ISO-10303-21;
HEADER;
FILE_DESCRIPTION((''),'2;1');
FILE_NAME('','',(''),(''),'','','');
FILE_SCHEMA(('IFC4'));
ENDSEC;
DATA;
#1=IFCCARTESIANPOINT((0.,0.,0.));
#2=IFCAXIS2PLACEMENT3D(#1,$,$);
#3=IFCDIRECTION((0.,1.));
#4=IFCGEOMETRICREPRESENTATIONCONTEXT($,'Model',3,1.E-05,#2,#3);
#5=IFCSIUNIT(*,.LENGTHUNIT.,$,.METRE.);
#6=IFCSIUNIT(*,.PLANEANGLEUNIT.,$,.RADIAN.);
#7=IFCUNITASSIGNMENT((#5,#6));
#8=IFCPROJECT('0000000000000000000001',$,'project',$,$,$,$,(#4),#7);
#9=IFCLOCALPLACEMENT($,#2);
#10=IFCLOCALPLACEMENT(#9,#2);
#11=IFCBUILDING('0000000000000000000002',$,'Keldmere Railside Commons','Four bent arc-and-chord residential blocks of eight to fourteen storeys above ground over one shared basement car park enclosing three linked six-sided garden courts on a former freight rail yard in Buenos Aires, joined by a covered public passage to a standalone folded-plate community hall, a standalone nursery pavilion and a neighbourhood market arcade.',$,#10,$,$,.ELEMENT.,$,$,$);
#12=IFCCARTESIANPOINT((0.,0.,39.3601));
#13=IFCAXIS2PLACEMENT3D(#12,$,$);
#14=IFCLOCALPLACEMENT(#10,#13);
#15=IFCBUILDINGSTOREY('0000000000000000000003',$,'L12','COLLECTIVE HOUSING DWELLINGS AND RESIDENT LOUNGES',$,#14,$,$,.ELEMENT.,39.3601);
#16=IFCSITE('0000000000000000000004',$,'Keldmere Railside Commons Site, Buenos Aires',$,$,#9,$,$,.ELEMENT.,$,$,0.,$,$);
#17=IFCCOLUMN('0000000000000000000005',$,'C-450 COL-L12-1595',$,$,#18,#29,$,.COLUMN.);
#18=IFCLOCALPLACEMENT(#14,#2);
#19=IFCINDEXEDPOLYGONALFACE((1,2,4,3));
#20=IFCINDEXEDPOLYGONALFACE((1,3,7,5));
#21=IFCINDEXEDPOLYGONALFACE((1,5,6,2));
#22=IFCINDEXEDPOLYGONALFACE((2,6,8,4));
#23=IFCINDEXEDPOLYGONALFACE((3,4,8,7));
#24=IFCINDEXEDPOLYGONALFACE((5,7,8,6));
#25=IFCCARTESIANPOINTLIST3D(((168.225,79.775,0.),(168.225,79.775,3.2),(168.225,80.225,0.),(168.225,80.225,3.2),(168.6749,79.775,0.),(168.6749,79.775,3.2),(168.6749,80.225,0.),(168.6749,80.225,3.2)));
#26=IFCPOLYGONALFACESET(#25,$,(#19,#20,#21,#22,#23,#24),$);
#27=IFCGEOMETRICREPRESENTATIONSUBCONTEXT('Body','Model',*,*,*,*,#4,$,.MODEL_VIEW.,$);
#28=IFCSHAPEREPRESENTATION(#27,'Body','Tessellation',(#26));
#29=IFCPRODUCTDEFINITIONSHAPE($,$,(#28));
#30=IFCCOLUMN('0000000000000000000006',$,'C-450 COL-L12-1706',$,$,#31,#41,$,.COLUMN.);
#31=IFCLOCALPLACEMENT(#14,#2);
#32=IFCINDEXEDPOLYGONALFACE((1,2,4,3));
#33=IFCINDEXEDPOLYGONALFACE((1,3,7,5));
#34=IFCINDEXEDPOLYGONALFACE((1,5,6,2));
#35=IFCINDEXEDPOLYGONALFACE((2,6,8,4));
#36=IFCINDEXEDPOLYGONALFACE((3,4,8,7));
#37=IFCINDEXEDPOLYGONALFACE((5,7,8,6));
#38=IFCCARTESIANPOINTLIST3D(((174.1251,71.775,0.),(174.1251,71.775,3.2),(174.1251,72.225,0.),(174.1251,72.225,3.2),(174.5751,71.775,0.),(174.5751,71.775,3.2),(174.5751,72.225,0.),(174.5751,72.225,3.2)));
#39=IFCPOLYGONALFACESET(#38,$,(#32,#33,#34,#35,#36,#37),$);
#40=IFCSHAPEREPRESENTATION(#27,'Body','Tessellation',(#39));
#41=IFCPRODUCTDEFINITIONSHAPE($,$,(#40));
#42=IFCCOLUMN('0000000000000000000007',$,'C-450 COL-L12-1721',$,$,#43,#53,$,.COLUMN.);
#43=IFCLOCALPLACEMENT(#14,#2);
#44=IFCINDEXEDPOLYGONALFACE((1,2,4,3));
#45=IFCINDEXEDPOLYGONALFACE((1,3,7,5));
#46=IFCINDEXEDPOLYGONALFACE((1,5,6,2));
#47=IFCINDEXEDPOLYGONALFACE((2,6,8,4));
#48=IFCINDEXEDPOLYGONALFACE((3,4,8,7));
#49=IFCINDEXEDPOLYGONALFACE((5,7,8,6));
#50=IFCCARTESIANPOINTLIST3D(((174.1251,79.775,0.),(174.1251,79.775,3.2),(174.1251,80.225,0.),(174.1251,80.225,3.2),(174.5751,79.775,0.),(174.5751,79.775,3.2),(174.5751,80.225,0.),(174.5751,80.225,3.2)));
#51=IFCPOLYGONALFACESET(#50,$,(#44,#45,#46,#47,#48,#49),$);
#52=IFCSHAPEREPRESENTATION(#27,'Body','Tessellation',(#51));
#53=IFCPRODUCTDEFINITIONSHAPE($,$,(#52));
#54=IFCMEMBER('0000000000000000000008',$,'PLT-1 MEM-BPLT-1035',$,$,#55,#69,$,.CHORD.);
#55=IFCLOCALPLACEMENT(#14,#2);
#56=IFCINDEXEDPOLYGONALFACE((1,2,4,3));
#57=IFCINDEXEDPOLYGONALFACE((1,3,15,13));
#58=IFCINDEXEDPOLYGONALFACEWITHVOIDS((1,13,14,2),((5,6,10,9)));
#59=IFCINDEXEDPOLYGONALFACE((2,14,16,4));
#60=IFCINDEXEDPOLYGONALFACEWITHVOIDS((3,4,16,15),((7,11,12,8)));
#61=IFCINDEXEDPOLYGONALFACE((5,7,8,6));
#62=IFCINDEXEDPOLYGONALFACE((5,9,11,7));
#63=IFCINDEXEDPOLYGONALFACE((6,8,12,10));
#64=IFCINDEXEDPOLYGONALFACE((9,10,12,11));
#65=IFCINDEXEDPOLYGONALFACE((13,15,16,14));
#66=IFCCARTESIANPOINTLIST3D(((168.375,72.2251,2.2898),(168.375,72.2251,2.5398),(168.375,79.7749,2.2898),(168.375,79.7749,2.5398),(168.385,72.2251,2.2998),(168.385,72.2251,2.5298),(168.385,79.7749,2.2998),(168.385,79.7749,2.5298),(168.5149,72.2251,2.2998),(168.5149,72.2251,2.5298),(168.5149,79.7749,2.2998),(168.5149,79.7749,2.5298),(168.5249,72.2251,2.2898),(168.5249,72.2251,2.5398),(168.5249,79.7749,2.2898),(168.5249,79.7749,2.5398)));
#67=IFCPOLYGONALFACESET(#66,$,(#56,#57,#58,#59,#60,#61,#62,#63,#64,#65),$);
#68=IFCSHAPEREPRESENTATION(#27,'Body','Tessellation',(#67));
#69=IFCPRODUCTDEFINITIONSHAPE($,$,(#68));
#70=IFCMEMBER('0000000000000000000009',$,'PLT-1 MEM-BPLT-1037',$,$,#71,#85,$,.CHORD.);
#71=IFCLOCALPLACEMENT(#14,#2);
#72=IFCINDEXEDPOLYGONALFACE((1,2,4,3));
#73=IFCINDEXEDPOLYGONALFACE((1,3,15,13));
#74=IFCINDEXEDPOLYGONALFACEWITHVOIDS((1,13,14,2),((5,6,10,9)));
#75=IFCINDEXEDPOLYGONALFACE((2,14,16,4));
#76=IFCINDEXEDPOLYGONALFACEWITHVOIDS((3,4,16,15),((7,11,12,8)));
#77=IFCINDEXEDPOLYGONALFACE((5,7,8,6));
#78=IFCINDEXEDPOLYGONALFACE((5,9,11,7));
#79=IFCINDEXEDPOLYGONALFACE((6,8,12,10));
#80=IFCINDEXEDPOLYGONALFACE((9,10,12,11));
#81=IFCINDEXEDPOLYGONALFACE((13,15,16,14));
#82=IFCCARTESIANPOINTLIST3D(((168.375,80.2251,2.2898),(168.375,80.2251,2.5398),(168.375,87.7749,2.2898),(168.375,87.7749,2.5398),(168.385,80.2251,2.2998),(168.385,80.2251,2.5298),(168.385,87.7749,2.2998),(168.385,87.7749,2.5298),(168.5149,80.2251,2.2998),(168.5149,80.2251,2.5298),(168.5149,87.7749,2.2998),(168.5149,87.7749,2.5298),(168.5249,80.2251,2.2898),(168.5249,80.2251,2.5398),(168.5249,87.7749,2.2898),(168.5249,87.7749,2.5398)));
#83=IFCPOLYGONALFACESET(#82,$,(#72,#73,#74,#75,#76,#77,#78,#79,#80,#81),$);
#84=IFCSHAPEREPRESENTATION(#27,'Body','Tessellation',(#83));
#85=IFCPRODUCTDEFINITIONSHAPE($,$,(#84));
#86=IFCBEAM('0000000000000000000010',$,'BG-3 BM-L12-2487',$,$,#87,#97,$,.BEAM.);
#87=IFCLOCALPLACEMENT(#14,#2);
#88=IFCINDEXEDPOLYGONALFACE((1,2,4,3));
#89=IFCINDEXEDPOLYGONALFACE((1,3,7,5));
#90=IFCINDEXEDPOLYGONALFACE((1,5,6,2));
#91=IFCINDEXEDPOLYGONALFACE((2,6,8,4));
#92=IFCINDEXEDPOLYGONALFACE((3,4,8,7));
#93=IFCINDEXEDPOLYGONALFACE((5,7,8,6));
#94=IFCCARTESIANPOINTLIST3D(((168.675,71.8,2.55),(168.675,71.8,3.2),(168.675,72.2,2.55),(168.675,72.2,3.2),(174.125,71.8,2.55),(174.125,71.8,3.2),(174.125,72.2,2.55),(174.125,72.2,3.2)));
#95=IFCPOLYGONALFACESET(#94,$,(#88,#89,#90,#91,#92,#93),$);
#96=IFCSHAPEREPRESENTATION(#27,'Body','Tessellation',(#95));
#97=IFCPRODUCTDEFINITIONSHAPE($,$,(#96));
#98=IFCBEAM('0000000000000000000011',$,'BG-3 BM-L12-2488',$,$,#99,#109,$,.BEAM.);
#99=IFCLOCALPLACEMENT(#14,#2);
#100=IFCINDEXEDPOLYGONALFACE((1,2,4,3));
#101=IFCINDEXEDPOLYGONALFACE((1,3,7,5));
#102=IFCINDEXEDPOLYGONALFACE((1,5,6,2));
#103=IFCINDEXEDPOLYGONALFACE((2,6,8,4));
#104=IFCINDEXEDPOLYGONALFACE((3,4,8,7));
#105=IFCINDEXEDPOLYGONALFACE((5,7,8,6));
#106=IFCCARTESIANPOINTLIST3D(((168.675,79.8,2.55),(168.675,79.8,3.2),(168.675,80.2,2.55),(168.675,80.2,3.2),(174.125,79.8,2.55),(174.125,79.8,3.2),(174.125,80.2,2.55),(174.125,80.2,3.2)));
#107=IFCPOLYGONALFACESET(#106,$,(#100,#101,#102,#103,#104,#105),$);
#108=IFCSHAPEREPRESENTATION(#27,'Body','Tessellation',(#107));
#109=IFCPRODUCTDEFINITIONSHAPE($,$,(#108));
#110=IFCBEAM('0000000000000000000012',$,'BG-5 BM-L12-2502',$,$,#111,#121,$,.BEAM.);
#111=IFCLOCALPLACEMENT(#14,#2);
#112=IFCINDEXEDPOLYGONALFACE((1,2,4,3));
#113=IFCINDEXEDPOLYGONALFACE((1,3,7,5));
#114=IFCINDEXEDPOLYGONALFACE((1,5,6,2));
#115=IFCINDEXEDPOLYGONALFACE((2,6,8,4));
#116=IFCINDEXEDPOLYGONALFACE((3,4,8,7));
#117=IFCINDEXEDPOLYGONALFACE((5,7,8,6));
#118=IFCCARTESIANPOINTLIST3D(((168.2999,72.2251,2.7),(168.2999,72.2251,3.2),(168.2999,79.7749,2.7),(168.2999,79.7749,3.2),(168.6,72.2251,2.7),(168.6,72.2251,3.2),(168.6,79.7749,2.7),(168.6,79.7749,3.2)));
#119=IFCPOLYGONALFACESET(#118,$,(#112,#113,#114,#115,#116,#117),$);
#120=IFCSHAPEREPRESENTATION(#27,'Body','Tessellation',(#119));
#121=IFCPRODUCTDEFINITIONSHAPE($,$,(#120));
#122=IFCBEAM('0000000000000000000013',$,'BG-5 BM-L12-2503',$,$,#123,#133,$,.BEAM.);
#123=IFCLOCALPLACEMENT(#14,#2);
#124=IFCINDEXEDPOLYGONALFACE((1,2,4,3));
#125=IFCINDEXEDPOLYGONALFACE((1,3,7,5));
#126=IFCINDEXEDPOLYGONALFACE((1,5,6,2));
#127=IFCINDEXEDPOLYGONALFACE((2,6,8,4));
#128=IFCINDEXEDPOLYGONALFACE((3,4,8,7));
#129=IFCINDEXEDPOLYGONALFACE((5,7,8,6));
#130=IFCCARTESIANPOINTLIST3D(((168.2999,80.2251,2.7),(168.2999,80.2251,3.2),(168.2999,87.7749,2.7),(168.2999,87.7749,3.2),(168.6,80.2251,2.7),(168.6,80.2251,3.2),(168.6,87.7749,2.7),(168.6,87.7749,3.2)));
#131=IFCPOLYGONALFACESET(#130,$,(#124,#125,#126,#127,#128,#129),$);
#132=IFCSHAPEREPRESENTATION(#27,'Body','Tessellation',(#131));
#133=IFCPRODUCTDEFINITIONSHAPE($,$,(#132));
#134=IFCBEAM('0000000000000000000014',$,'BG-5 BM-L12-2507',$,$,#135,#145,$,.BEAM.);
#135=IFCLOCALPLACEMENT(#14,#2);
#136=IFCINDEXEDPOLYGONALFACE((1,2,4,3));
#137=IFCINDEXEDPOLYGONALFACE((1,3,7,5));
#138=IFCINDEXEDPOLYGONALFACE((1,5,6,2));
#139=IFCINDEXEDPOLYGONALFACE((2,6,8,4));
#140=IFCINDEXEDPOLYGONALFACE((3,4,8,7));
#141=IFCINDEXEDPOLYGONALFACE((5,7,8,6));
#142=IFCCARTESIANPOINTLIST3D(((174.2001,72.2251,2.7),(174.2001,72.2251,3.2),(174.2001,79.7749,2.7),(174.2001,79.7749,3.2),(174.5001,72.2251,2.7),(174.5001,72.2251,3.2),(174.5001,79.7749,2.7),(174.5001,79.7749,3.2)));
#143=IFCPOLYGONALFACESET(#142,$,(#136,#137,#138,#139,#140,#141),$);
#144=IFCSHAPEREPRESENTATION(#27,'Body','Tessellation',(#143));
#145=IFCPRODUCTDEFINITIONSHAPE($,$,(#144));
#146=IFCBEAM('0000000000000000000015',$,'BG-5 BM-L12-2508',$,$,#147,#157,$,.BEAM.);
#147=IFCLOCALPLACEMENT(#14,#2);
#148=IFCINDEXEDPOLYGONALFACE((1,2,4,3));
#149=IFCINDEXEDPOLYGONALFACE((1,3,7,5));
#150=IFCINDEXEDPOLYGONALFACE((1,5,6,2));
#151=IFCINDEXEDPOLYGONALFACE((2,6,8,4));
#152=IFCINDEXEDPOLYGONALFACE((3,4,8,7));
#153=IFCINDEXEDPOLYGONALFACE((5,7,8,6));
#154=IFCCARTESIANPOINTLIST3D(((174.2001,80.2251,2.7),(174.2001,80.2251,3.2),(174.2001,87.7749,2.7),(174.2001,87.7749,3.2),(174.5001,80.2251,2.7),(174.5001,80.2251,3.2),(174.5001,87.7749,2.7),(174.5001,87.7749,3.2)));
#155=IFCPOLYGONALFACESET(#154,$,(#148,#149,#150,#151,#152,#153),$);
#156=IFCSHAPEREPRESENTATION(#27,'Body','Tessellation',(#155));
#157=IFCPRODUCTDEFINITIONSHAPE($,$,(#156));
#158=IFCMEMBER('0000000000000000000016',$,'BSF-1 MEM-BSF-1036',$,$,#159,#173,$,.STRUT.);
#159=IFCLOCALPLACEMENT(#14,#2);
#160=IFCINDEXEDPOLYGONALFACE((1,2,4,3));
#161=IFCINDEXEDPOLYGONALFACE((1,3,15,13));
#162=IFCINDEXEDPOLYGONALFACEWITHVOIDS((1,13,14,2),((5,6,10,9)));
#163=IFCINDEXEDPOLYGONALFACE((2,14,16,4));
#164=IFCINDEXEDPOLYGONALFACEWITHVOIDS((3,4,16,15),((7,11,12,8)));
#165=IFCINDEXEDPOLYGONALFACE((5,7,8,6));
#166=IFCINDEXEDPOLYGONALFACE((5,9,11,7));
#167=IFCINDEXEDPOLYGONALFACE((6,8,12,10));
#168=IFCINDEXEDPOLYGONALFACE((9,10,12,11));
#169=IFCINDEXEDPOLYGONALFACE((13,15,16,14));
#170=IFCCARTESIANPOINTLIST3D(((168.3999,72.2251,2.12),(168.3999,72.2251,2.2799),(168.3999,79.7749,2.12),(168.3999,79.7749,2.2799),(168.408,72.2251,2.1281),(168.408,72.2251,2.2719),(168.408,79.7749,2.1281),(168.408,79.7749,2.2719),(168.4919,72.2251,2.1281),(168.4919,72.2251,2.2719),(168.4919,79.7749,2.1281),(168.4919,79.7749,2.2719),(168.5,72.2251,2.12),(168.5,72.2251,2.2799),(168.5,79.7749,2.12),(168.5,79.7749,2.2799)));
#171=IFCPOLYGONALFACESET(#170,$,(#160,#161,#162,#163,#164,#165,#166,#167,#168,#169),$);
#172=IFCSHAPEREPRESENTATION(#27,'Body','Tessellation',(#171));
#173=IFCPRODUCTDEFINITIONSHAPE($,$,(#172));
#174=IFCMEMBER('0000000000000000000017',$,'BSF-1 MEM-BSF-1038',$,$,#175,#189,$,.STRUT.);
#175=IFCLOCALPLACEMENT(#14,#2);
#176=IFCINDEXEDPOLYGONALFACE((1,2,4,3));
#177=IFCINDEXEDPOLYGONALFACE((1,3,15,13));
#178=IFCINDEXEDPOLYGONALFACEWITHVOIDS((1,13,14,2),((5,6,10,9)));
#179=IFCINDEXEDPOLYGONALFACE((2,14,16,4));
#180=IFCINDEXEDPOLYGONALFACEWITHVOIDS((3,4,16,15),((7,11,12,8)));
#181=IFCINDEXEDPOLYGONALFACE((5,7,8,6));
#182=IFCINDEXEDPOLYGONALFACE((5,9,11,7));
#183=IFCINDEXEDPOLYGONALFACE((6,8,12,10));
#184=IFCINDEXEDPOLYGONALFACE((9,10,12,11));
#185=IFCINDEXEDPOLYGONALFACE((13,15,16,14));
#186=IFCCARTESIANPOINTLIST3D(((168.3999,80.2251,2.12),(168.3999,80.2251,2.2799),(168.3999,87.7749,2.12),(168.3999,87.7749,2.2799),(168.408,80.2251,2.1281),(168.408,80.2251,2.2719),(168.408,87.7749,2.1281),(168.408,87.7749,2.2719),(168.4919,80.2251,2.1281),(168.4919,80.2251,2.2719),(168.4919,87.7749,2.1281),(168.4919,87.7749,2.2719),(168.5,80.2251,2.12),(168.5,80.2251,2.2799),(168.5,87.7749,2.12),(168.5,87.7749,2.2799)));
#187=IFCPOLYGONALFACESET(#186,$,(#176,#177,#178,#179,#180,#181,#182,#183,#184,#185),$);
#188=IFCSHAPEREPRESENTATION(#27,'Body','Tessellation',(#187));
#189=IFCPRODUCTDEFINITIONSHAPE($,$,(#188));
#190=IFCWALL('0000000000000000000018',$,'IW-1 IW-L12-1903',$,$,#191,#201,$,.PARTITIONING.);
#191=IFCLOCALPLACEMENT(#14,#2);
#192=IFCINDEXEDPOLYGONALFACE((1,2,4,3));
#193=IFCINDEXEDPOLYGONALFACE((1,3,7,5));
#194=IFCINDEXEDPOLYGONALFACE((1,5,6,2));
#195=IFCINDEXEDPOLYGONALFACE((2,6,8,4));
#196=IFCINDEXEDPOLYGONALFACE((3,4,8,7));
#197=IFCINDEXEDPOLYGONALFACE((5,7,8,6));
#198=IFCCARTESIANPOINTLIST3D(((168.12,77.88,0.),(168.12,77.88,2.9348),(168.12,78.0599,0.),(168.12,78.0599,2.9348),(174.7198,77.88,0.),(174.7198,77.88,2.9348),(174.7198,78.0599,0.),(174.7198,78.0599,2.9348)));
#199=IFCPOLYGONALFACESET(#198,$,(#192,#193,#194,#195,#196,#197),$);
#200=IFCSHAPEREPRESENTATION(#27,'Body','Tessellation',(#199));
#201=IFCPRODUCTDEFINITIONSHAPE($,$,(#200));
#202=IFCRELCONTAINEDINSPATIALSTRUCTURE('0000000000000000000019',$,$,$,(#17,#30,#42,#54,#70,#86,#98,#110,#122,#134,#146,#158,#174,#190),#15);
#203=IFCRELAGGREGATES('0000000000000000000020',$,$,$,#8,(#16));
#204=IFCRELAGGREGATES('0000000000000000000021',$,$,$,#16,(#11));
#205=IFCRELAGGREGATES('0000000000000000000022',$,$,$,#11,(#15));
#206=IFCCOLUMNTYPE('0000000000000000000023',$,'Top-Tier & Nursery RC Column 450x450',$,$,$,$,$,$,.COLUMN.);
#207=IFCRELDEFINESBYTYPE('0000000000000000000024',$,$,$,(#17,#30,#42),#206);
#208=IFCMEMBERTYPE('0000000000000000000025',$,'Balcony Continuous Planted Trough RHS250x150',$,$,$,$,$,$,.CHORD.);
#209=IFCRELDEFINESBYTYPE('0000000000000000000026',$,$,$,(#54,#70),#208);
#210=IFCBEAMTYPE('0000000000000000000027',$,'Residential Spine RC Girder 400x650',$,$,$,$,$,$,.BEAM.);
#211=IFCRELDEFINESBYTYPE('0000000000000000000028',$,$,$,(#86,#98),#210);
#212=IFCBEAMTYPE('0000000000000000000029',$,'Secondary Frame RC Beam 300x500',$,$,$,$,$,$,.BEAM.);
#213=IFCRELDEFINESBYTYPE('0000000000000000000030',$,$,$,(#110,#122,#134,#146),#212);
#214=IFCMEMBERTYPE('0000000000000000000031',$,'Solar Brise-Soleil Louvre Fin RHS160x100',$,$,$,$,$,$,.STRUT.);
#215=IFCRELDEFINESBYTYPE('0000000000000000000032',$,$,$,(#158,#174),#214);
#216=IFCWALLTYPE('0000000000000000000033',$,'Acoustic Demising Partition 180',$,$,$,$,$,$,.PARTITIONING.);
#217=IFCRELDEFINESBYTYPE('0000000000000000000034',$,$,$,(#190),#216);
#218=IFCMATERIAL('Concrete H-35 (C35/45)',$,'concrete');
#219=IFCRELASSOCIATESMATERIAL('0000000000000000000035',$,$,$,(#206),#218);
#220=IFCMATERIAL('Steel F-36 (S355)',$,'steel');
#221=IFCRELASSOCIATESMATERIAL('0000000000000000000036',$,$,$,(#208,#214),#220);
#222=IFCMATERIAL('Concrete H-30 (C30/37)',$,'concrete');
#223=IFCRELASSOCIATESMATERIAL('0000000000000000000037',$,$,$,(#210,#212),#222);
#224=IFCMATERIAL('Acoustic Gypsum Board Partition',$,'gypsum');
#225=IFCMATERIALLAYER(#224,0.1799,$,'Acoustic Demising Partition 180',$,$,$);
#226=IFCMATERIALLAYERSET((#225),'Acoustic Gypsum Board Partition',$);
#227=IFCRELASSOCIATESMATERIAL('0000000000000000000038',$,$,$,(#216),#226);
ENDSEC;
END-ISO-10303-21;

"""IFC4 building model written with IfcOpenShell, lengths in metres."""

from ifc_helpers import new_model, si_unit, direction, frame, frame_2d, origin, origin_2d, place, context, subcontext, project, spatial, rectangle, hollow_rectangle, extrude, material, layer, layer_set, material_profile, profile_set, type_object, element, save


model = new_model("IFC4")

# Units and contexts
model_context = context("Model", 3, precision=1e-05, world=origin(), true_north=direction((0.0, 1.0)))
body_context = subcontext(model_context, "Body", "Model", "MODEL_VIEW")
ifc_project = project(units=[si_unit("LENGTHUNIT", "METRE"), si_unit("PLANEANGLEUNIT", "RADIAN")], contexts=[model_context])

# Site, building, storey
site_placement = place(None, origin())
site = spatial("IfcSite", under=ifc_project, at=site_placement, Name="Keldmere Railside Commons Site, Buenos Aires", CompositionType="ELEMENT", RefElevation=0.0)
building_placement = place(site_placement, origin())
building = spatial("IfcBuilding", under=site, at=building_placement, Name="Keldmere Railside Commons", Description="Four bent arc-and-chord residential blocks of eight to fourteen storeys above ground over one shared basement car park enclosing three linked six-sided garden courts on a former freight rail yard in Buenos Aires, joined by a covered public passage to a standalone folded-plate community hall, a standalone nursery pavilion and a neighbourhood market arcade.", CompositionType="ELEMENT")
storey_placement = place(building_placement, frame((0.0, 0.0, 39.3601)))
storey = spatial("IfcBuildingStorey", under=building, at=storey_placement, Name="L12", Description="COLLECTIVE HOUSING DWELLINGS AND RESIDENT LOUNGES", CompositionType="ELEMENT", Elevation=39.3601)

# Columns
ifc_material_1 = material(Name="Concrete H-35 (C35/45)", Category="concrete")
ifc_material_profile_1 = material_profile(ifc_material_1, rectangle(XDim=0.45, YDim=0.45, at=origin_2d()), Name="RC-450x450")
ifc_profile_set_1 = profile_set([ifc_material_profile_1], Name="Concrete H-35 (C35/45)")
column_type = type_object("IfcColumnType", Name="Top-Tier & Nursery RC Column 450x450", PredefinedType="COLUMN", material=ifc_profile_set_1)
for number, where, z_axis, x_axis, name in (
    (1, (168.45, 80.0, 0.0), (0.0, 0.0, 1.0), (1.0, 0.0, 0.0), "C-450 COL-L12-1595"),
    (2, (174.3501, 72.0, 0.0), (0.0, 0.0, 1.0), (1.0, 0.0, 0.0), "C-450 COL-L12-1706"),
    (3, (174.3501, 80.0, 0.0), (0.0, 0.0, 1.0), (1.0, 0.0, 0.0), "C-450 COL-L12-1721"),
):
    element("IfcColumn", number, at=place(storey_placement, frame(where, z_axis=z_axis, x_axis=x_axis)), inside=storey, type_object=column_type, Name=name, PredefinedType="COLUMN", context=body_context, shape_type="SweptSolid", body=[
        extrude(rectangle(XDim=0.45, YDim=0.45, at=origin_2d()), origin(), (0.0, 0.0, 1.0), 3.2),
    ])

# Members
ifc_material_2 = material(Name="Steel F-36 (S355)", Category="steel")
ifc_material_profile_2 = material_profile(ifc_material_2, hollow_rectangle(XDim=0.1499, YDim=0.25, WallThickness=0.01, at=origin_2d()), Name="RHS-250x150x10")
ifc_profile_set_2 = profile_set([ifc_material_profile_2], Name="Steel F-36 (S355)")
member_type_1 = type_object("IfcMemberType", Name="Balcony Continuous Planted Trough RHS250x150", PredefinedType="CHORD", material=ifc_profile_set_2)
for number, where, z_axis, x_axis, name in (
    (4, (168.45, 72.2251, 2.4148), (0.0, 1.0, 0.0), (-1.0, 0.0, 0.0), "PLT-1 MEM-BPLT-1035"),
    (5, (168.45, 80.2251, 2.4148), (0.0, 1.0, 0.0), (-1.0, 0.0, 0.0), "PLT-1 MEM-BPLT-1037"),
):
    element("IfcMember", number, at=place(storey_placement, frame(where, z_axis=z_axis, x_axis=x_axis)), inside=storey, type_object=member_type_1, Name=name, PredefinedType="CHORD", context=body_context, shape_type="SweptSolid", body=[
        extrude(hollow_rectangle(XDim=0.1499, YDim=0.25, WallThickness=0.01, at=origin_2d()), origin(), (0.0, 0.0, 1.0), 7.5498),
    ])

# Beams
ifc_material_3 = material(Name="Concrete H-30 (C30/37)", Category="concrete")
ifc_material_profile_3 = material_profile(ifc_material_3, rectangle(XDim=0.3999, YDim=0.6499, at=origin_2d()), Name="RC-400x650")
ifc_profile_set_3 = profile_set([ifc_material_profile_3], Name="Concrete H-30 (C30/37)")
beam_type_1 = type_object("IfcBeamType", Name="Residential Spine RC Girder 400x650", PredefinedType="BEAM", material=ifc_profile_set_3)
for number, where, z_axis, x_axis, name in (
    (6, (168.675, 72.0, 2.875), (1.0, 0.0, 0.0), (0.0, 1.0, 0.0), "BG-3 BM-L12-2487"),
    (7, (168.675, 80.0, 2.875), (1.0, 0.0, 0.0), (0.0, 1.0, 0.0), "BG-3 BM-L12-2488"),
):
    element("IfcBeam", number, at=place(storey_placement, frame(where, z_axis=z_axis, x_axis=x_axis)), inside=storey, type_object=beam_type_1, Name=name, PredefinedType="BEAM", context=body_context, shape_type="SweptSolid", body=[
        extrude(rectangle(XDim=0.3999, YDim=0.6499, at=origin_2d()), origin(), (0.0, 0.0, 1.0), 5.45),
    ])
ifc_material_profile_4 = material_profile(ifc_material_3, rectangle(XDim=0.3, YDim=0.5, at=origin_2d()), Name="RC-300x500")
ifc_profile_set_4 = profile_set([ifc_material_profile_4], Name="Concrete H-30 (C30/37)")
beam_type_2 = type_object("IfcBeamType", Name="Secondary Frame RC Beam 300x500", PredefinedType="BEAM", material=ifc_profile_set_4)
for number, where, z_axis, x_axis, name in (
    (8, (168.45, 72.2251, 2.95), (0.0, 1.0, 0.0), (-1.0, 0.0, 0.0), "BG-5 BM-L12-2502"),
    (9, (168.45, 80.2251, 2.95), (0.0, 1.0, 0.0), (-1.0, 0.0, 0.0), "BG-5 BM-L12-2503"),
    (10, (174.3501, 72.2251, 2.95), (0.0, 1.0, 0.0), (-1.0, 0.0, 0.0), "BG-5 BM-L12-2507"),
    (11, (174.3501, 80.2251, 2.95), (0.0, 1.0, 0.0), (-1.0, 0.0, 0.0), "BG-5 BM-L12-2508"),
):
    element("IfcBeam", number, at=place(storey_placement, frame(where, z_axis=z_axis, x_axis=x_axis)), inside=storey, type_object=beam_type_2, Name=name, PredefinedType="BEAM", context=body_context, shape_type="SweptSolid", body=[
        extrude(rectangle(XDim=0.3, YDim=0.5, at=origin_2d()), origin(), (0.0, 0.0, 1.0), 7.5498),
    ])

# Members
ifc_material_profile_5 = material_profile(ifc_material_2, hollow_rectangle(XDim=0.1001, YDim=0.1599, WallThickness=0.0081, at=origin_2d()), Name="RHS-160x100x8")
ifc_profile_set_5 = profile_set([ifc_material_profile_5], Name="Steel F-36 (S355)")
member_type_2 = type_object("IfcMemberType", Name="Solar Brise-Soleil Louvre Fin RHS160x100", PredefinedType="STRUT", material=ifc_profile_set_5)
for number, where, z_axis, x_axis, name in (
    (12, (168.45, 72.2251, 2.2), (0.0, 1.0, 0.0), (-1.0, 0.0, 0.0), "BSF-1 MEM-BSF-1036"),
    (13, (168.45, 80.2251, 2.2), (0.0, 1.0, 0.0), (-1.0, 0.0, 0.0), "BSF-1 MEM-BSF-1038"),
):
    element("IfcMember", number, at=place(storey_placement, frame(where, z_axis=z_axis, x_axis=x_axis)), inside=storey, type_object=member_type_2, Name=name, PredefinedType="STRUT", context=body_context, shape_type="SweptSolid", body=[
        extrude(hollow_rectangle(XDim=0.1001, YDim=0.1599, WallThickness=0.0081, at=origin_2d()), origin(), (0.0, 0.0, 1.0), 7.5498),
    ])

# Wall
ifc_material_4 = material(Name="Acoustic Gypsum Board Partition", Category="gypsum")
ifc_layer_1 = layer(ifc_material_4, 0.1799, Name="Acoustic Demising Partition 180")
ifc_layer_set_1 = layer_set([ifc_layer_1], Name="Acoustic Gypsum Board Partition")
wall_type_1 = type_object("IfcWallType", Name="Acoustic Demising Partition 180", PredefinedType="PARTITIONING", material=ifc_layer_set_1)
wall_1_placement = place(storey_placement, frame((168.1201, 77.97, 0.0), z_axis=(0.0, 0.0, 1.0), x_axis=(1.0, 0.0, 0.0)))
element("IfcWall", 14, at=wall_1_placement, inside=storey, type_object=wall_type_1, Name="IW-1 IW-L12-1903", PredefinedType="PARTITIONING", context=body_context, shape_type="SweptSolid", body=[
    extrude(rectangle(XDim=6.5999, YDim=0.1799, at=frame_2d((3.2998, 0.0))), origin(), (0.0, 0.0, 1.0), 2.9348),
])

save(model, "model.ifc")
